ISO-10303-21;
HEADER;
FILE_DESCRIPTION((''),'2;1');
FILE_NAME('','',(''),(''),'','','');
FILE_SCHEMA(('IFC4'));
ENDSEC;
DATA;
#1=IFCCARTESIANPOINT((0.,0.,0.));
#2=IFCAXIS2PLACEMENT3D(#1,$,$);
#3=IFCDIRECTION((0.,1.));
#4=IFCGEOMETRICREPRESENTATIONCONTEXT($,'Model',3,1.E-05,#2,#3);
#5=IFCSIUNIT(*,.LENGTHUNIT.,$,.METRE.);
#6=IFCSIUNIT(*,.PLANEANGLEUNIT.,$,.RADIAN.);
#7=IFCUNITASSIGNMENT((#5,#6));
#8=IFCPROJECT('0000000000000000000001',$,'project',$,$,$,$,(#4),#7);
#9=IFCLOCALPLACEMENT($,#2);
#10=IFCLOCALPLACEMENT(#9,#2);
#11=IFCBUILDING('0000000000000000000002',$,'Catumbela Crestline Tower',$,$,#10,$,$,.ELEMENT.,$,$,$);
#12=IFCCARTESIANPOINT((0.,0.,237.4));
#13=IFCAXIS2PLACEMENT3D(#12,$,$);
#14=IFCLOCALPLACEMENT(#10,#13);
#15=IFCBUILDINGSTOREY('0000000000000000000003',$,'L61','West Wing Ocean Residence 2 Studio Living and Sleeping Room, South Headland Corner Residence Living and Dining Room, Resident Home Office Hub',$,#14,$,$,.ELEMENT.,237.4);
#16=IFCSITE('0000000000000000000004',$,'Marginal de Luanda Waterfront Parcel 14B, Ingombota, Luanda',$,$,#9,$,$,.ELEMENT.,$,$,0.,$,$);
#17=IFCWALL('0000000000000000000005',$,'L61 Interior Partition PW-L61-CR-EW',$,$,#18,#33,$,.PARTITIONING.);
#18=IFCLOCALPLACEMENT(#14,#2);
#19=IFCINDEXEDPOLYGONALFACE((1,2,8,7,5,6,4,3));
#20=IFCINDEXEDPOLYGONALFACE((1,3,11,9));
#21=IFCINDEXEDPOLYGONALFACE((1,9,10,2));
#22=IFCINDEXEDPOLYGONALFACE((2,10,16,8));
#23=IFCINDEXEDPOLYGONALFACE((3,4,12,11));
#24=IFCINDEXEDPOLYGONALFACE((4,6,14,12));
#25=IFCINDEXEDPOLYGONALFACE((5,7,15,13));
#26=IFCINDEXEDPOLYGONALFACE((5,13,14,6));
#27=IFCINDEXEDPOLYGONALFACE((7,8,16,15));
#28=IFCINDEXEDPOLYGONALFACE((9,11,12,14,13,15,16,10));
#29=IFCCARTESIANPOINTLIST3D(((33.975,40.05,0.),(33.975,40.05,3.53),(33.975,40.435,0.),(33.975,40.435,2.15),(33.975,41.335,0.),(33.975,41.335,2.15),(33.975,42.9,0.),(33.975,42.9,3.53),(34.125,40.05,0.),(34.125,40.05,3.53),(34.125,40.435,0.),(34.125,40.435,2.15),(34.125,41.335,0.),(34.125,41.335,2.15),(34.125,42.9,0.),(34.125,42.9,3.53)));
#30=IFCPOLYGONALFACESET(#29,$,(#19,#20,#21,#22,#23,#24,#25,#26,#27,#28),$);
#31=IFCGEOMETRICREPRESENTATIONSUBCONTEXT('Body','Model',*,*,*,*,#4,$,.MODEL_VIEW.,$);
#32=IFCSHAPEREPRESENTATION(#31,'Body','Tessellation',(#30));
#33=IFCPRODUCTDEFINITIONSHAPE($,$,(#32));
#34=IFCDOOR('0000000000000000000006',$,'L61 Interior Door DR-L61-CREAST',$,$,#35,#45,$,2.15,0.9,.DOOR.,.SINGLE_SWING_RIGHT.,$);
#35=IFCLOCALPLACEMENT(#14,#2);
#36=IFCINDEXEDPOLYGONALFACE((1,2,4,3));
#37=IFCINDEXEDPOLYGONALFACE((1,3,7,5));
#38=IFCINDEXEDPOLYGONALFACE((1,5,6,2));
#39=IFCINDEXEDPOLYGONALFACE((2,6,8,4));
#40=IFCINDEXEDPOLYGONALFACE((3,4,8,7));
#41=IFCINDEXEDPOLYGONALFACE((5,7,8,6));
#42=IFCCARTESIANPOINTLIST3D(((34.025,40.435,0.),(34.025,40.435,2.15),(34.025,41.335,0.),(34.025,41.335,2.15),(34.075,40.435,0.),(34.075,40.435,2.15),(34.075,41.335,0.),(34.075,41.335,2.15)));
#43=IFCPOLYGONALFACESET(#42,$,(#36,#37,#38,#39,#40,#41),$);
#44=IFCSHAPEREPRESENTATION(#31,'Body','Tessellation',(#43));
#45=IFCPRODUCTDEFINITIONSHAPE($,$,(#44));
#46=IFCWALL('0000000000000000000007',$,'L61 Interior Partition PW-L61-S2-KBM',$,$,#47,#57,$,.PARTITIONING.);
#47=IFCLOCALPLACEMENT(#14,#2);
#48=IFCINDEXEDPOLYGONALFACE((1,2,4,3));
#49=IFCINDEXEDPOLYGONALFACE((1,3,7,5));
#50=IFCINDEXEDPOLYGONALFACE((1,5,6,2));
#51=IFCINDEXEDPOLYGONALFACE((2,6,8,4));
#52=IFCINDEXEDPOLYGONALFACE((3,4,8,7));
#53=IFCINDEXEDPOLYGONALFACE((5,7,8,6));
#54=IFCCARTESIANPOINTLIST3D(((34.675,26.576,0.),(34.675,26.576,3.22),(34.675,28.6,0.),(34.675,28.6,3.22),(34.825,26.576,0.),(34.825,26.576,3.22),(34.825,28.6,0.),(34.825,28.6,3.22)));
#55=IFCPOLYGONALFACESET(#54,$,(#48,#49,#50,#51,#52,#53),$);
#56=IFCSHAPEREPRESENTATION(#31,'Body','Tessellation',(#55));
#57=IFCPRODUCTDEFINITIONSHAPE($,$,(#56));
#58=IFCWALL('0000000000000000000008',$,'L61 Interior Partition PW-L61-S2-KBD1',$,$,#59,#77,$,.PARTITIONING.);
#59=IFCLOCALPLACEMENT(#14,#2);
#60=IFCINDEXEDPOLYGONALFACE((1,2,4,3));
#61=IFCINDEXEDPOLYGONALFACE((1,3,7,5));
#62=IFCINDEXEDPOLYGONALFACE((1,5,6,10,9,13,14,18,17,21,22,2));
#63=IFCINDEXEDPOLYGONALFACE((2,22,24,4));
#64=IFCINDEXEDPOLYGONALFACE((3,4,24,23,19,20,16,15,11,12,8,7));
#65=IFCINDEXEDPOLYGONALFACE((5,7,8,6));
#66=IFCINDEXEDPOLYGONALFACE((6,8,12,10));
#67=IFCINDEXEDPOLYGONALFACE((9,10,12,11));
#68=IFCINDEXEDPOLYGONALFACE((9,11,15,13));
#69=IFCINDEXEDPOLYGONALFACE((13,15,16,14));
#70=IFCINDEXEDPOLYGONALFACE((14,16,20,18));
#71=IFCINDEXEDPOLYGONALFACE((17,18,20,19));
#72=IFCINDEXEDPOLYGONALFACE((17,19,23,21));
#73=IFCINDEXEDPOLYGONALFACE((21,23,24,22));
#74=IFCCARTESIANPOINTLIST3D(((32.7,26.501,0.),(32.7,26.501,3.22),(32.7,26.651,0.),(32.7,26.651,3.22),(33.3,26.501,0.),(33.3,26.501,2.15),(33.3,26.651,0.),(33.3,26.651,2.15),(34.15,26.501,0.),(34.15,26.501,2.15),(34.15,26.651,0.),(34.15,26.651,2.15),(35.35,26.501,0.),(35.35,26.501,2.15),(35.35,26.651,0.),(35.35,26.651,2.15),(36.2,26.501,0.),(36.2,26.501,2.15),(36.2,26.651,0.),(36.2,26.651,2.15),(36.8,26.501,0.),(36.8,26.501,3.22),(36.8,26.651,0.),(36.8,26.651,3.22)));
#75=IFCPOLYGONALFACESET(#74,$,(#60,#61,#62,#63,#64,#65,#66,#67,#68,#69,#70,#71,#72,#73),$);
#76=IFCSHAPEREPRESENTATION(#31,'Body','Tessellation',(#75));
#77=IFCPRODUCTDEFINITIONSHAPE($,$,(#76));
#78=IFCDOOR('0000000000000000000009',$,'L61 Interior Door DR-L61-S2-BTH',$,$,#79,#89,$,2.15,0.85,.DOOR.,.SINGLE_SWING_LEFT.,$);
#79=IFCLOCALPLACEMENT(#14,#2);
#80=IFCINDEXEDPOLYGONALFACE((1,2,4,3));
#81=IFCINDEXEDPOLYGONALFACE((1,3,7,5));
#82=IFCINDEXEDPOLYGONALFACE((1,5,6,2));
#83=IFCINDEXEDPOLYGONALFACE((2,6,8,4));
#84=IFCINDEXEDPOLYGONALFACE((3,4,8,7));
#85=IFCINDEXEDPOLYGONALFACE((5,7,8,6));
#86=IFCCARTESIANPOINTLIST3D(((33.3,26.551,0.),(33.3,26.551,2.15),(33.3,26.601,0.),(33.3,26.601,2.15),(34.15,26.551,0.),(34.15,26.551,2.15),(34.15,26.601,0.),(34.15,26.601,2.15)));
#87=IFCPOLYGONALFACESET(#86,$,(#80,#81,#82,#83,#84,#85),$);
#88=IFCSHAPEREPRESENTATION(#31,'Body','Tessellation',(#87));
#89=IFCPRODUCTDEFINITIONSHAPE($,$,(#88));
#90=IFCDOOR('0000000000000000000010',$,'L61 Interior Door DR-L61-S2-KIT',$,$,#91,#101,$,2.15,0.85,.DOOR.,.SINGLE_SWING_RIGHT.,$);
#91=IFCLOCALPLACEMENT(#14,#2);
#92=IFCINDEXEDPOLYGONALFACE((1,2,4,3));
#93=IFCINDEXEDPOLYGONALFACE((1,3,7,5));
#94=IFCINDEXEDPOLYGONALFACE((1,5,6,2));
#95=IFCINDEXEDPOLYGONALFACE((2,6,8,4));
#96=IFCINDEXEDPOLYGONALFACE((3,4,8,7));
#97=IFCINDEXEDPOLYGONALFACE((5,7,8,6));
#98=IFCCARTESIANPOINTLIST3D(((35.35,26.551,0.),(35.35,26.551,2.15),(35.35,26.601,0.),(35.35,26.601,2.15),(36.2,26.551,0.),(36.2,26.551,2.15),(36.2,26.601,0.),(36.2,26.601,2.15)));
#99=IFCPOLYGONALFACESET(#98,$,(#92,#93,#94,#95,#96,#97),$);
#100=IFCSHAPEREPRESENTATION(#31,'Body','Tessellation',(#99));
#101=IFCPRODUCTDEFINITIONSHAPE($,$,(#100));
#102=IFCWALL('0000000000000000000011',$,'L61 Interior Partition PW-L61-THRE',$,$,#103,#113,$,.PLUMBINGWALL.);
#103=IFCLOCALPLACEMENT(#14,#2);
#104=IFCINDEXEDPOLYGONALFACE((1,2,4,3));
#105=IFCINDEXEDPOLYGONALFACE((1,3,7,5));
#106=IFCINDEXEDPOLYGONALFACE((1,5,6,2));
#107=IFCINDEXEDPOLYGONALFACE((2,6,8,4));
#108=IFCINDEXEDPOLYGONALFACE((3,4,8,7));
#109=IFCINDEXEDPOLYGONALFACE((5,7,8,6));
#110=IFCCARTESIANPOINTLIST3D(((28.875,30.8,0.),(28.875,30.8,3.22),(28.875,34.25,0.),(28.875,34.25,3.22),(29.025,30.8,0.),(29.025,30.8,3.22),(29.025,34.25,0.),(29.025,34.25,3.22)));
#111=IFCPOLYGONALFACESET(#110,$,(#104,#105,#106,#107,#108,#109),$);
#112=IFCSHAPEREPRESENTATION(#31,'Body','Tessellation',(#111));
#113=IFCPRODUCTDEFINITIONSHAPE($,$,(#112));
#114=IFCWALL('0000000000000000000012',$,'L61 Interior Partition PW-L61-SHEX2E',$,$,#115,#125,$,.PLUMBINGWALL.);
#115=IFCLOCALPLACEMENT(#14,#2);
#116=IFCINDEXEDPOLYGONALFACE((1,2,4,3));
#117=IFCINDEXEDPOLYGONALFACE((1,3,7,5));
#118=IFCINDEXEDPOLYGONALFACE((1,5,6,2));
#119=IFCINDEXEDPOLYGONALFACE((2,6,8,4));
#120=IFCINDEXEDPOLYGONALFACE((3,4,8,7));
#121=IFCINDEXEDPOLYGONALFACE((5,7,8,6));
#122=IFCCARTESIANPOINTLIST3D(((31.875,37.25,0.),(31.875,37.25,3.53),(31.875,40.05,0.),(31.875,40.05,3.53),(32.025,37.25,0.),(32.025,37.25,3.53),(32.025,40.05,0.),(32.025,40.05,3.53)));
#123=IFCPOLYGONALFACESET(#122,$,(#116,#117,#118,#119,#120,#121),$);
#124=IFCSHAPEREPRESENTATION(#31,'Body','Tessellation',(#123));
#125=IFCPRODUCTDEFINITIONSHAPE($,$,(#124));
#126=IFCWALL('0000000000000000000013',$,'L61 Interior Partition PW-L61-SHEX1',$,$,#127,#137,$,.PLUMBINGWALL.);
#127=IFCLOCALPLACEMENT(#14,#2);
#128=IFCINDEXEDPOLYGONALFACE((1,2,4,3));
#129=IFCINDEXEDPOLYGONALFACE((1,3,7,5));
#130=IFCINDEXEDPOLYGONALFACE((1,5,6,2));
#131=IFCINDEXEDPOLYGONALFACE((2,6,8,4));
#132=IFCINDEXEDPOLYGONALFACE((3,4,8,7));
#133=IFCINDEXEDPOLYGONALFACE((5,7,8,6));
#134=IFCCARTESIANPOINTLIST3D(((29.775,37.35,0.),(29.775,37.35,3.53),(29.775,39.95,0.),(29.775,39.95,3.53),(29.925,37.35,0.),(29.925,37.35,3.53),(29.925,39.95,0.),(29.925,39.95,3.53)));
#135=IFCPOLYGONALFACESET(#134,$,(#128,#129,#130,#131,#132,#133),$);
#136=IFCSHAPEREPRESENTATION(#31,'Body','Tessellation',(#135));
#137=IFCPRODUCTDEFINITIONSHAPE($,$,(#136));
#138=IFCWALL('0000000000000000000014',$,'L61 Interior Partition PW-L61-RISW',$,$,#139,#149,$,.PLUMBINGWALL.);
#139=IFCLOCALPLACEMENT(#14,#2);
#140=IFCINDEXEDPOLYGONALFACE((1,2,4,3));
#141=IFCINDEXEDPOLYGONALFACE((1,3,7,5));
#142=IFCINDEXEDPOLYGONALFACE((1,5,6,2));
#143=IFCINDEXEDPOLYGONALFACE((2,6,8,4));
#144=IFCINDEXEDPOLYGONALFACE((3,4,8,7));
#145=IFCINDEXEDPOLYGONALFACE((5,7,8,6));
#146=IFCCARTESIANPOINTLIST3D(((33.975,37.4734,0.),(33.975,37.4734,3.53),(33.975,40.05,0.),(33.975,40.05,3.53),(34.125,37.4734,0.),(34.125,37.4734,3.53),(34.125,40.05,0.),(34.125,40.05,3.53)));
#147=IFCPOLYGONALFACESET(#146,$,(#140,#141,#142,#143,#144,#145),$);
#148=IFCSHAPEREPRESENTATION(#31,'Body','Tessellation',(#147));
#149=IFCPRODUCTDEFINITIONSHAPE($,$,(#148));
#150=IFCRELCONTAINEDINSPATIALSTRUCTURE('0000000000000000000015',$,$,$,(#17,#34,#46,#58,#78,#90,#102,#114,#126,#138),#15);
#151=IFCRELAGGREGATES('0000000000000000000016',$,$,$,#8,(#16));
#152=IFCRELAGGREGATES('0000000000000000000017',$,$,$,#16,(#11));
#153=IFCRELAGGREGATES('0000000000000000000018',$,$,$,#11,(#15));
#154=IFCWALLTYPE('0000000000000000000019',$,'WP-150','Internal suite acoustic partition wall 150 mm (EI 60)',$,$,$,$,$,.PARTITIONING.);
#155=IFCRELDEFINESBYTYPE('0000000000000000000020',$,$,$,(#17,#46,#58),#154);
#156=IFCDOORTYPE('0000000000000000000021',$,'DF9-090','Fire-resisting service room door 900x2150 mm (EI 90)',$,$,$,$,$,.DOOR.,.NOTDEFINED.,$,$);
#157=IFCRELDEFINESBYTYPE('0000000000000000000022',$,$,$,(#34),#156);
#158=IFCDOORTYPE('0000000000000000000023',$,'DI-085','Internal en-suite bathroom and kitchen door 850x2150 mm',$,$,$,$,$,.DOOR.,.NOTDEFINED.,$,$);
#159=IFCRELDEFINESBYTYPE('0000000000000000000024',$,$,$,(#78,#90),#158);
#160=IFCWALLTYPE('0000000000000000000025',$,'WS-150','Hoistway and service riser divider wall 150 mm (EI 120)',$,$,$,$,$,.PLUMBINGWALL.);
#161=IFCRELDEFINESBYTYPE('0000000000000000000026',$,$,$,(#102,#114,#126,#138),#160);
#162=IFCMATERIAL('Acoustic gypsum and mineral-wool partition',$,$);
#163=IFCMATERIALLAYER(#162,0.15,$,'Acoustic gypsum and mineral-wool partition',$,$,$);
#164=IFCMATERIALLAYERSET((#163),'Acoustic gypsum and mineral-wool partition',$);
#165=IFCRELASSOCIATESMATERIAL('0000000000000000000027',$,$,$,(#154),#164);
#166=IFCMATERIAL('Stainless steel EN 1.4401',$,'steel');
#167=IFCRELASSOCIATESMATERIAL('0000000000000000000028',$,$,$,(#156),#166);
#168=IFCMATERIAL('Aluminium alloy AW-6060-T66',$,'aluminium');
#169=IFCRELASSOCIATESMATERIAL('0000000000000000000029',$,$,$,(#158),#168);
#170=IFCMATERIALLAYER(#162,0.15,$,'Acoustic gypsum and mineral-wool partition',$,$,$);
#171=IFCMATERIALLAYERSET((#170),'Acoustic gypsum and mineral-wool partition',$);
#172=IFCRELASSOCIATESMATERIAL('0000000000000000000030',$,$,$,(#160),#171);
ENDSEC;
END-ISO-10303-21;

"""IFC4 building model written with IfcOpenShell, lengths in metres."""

from ifc_helpers import new_model, si_unit, direction, frame, frame_2d, origin, place, context, subcontext, project, spatial, rectangle, extrude, material, layer, layer_set, type_object, element, fill, save


model = new_model("IFC4")

# Units and contexts
model_context = context("Model", 3, precision=1e-05, world=origin(), true_north=direction((0.0, 1.0)))
body_context = subcontext(model_context, "Body", "Model", "MODEL_VIEW")
ifc_project = project(units=[si_unit("LENGTHUNIT", "METRE"), si_unit("PLANEANGLEUNIT", "RADIAN")], contexts=[model_context])

# Site, building, storey
site_placement = place(None, origin())
site = spatial("IfcSite", under=ifc_project, at=site_placement, Name="Marginal de Luanda Waterfront Parcel 14B, Ingombota, Luanda", CompositionType="ELEMENT", RefElevation=0.0)
building_placement = place(site_placement, origin())
building = spatial("IfcBuilding", under=site, at=building_placement, Name="Catumbela Crestline Tower", CompositionType="ELEMENT")
storey_placement = place(building_placement, frame((0.0, 0.0, 237.4)))
storey = spatial("IfcBuildingStorey", under=building, at=storey_placement, Name="L61", Description="West Wing Ocean Residence 2 Studio Living and Sleeping Room, South Headland Corner Residence Living and Dining Room, Resident Home Office Hub", CompositionType="ELEMENT", Elevation=237.4)

# Shared definitions
ifc_material_1 = material(Name="Stainless steel EN 1.4401", Category="steel")

# Shared definitions
ifc_material_2 = material(Name="Acoustic gypsum and mineral-wool partition")
ifc_layer_1 = layer(ifc_material_2, 0.15, Name="Acoustic gypsum and mineral-wool partition")
ifc_layer_set_1 = layer_set([ifc_layer_1], Name="Acoustic gypsum and mineral-wool partition")
wall_type_1 = type_object("IfcWallType", Name="WP-150", Description="Internal suite acoustic partition wall 150 mm (EI 60)", PredefinedType="PARTITIONING", material=ifc_layer_set_1)

# Wall, opening, door
wall_1_placement = place(storey_placement, frame((34.05, 40.05, 0.0), z_axis=(0.0, 0.0, 1.0), x_axis=(0.0, 1.0, 0.0)))
wall_1 = element("IfcWall", 1, at=wall_1_placement, inside=storey, type_object=wall_type_1, Name="L61 Interior Partition PW-L61-CR-EW", PredefinedType="PARTITIONING", context=body_context, shape_type="SweptSolid", body=[
    extrude(rectangle(XDim=2.85, YDim=0.15, at=frame_2d((1.425, 0.0))), origin(), (0.0, 0.0, 1.0), 3.53),
])
opening_1_placement = place(wall_1_placement, frame((0.385, 0.0, 0.0)))
opening_1 = element("IfcOpeningElement", 2, at=opening_1_placement, cuts=wall_1, PredefinedType="OPENING", context=body_context, shape_type="SweptSolid", body=[
    extrude(rectangle(XDim=0.9, YDim=2.15, at=frame_2d((0.45, 1.075))), frame((0.0, 0.085, 0.0), z_axis=(0.0, -1.0, 0.0), x_axis=(1.0, 0.0, 0.0)), (0.0, 0.0, 1.0), 0.17),
])
door_type_1 = type_object("IfcDoorType", Name="DF9-090", Description="Fire-resisting service room door 900x2150 mm (EI 90)", OperationType="NOTDEFINED", PredefinedType="DOOR", material=ifc_material_1)
door_1_placement = place(opening_1_placement, origin())
door_1 = element("IfcDoor", 3, at=door_1_placement, inside=storey, type_object=door_type_1, Name="L61 Interior Door DR-L61-CREAST", OperationType="SINGLE_SWING_RIGHT", OverallHeight=2.15, OverallWidth=0.9, PredefinedType="DOOR", context=body_context, shape_type="SweptSolid", body=[
    extrude(rectangle(XDim=0.9, YDim=2.15, at=frame_2d((0.45, 1.075))), frame((0.0, 0.025, 0.0), z_axis=(0.0, -1.0, 0.0), x_axis=(1.0, 0.0, 0.0)), (0.0, 0.0, 1.0), 0.05),
])
fill(opening_1, door_1)

# Wall
wall_2_placement = place(storey_placement, frame((34.75, 26.576, 0.0), z_axis=(0.0, 0.0, 1.0), x_axis=(0.0, 1.0, 0.0)))
element("IfcWall", 4, at=wall_2_placement, inside=storey, type_object=wall_type_1, Name="L61 Interior Partition PW-L61-S2-KBM", PredefinedType="PARTITIONING", context=body_context, shape_type="SweptSolid", body=[
    extrude(rectangle(XDim=2.024, YDim=0.15, at=frame_2d((1.012, 0.0))), origin(), (0.0, 0.0, 1.0), 3.22),
])

# Wall, openings, doors
wall_3_placement = place(storey_placement, frame((32.7, 26.576, 0.0), z_axis=(0.0, 0.0, 1.0), x_axis=(1.0, 0.0, 0.0)))
wall_3 = element("IfcWall", 5, at=wall_3_placement, inside=storey, type_object=wall_type_1, Name="L61 Interior Partition PW-L61-S2-KBD1", PredefinedType="PARTITIONING", context=body_context, shape_type="SweptSolid", body=[
    extrude(rectangle(XDim=4.1, YDim=0.15, at=frame_2d((2.05, 0.0))), origin(), (0.0, 0.0, 1.0), 3.22),
])
opening_2_placement = place(wall_3_placement, frame((0.6, 0.0, 0.0)))
opening_2 = element("IfcOpeningElement", 6, at=opening_2_placement, cuts=wall_3, PredefinedType="OPENING", context=body_context, shape_type="SweptSolid", body=[
    extrude(rectangle(XDim=0.85, YDim=2.15, at=frame_2d((0.425, 1.075))), frame((0.0, 0.085, 0.0), z_axis=(0.0, -1.0, 0.0), x_axis=(1.0, 0.0, 0.0)), (0.0, 0.0, 1.0), 0.17),
])
opening_3_placement = place(wall_3_placement, frame((2.65, 0.0, 0.0)))
opening_3 = element("IfcOpeningElement", 7, at=opening_3_placement, cuts=wall_3, PredefinedType="OPENING", context=body_context, shape_type="SweptSolid", body=[
    extrude(rectangle(XDim=0.85, YDim=2.15, at=frame_2d((0.425, 1.075))), frame((0.0, 0.085, 0.0), z_axis=(0.0, -1.0, 0.0), x_axis=(1.0, 0.0, 0.0)), (0.0, 0.0, 1.0), 0.17),
])
ifc_material_3 = material(Name="Aluminium alloy AW-6060-T66", Category="aluminium")
door_type_2 = type_object("IfcDoorType", Name="DI-085", Description="Internal en-suite bathroom and kitchen door 850x2150 mm", OperationType="NOTDEFINED", PredefinedType="DOOR", material=ifc_material_3)
door_2_placement = place(opening_2_placement, origin())
door_2 = element("IfcDoor", 8, at=door_2_placement, inside=storey, type_object=door_type_2, Name="L61 Interior Door DR-L61-S2-BTH", OperationType="SINGLE_SWING_LEFT", OverallHeight=2.15, OverallWidth=0.85, PredefinedType="DOOR", context=body_context, shape_type="SweptSolid", body=[
    extrude(rectangle(XDim=0.85, YDim=2.15, at=frame_2d((0.425, 1.075))), frame((0.0, 0.025, 0.0), z_axis=(0.0, -1.0, 0.0), x_axis=(1.0, 0.0, 0.0)), (0.0, 0.0, 1.0), 0.05),
])
fill(opening_2, door_2)
door_3_placement = place(opening_3_placement, origin())
door_3 = element("IfcDoor", 9, at=door_3_placement, inside=storey, type_object=door_type_2, Name="L61 Interior Door DR-L61-S2-KIT", OperationType="SINGLE_SWING_RIGHT", OverallHeight=2.15, OverallWidth=0.85, PredefinedType="DOOR", context=body_context, shape_type="SweptSolid", body=[
    extrude(rectangle(XDim=0.85, YDim=2.15, at=frame_2d((0.425, 1.075))), frame((0.0, 0.025, 0.0), z_axis=(0.0, -1.0, 0.0), x_axis=(1.0, 0.0, 0.0)), (0.0, 0.0, 1.0), 0.05),
])
fill(opening_3, door_3)

# Walls
ifc_layer_2 = layer(ifc_material_2, 0.15, Name="Acoustic gypsum and mineral-wool partition")
ifc_layer_set_2 = layer_set([ifc_layer_2], Name="Acoustic gypsum and mineral-wool partition")
wall_type_2 = type_object("IfcWallType", Name="WS-150", Description="Hoistway and service riser divider wall 150 mm (EI 120)", PredefinedType="PLUMBINGWALL", material=ifc_layer_set_2)
wall_4_placement = place(storey_placement, frame((28.95, 30.8, 0.0), z_axis=(0.0, 0.0, 1.0), x_axis=(0.0, 1.0, 0.0)))
element("IfcWall", 10, at=wall_4_placement, inside=storey, type_object=wall_type_2, Name="L61 Interior Partition PW-L61-THRE", PredefinedType="PLUMBINGWALL", context=body_context, shape_type="SweptSolid", body=[
    extrude(rectangle(XDim=3.45, YDim=0.15, at=frame_2d((1.725, 0.0))), origin(), (0.0, 0.0, 1.0), 3.22),
])
wall_5_placement = place(storey_placement, frame((31.95, 37.25, 0.0), z_axis=(0.0, 0.0, 1.0), x_axis=(0.0, 1.0, 0.0)))
element("IfcWall", 11, at=wall_5_placement, inside=storey, type_object=wall_type_2, Name="L61 Interior Partition PW-L61-SHEX2E", PredefinedType="PLUMBINGWALL", context=body_context, shape_type="SweptSolid", body=[
    extrude(rectangle(XDim=2.8, YDim=0.15, at=frame_2d((1.4, 0.0))), origin(), (0.0, 0.0, 1.0), 3.53),
])
wall_6_placement = place(storey_placement, frame((29.85, 37.35, 0.0), z_axis=(0.0, 0.0, 1.0), x_axis=(0.0, 1.0, 0.0)))
element("IfcWall", 12, at=wall_6_placement, inside=storey, type_object=wall_type_2, Name="L61 Interior Partition PW-L61-SHEX1", PredefinedType="PLUMBINGWALL", context=body_context, shape_type="SweptSolid", body=[
    extrude(rectangle(XDim=2.6, YDim=0.15, at=frame_2d((1.3, 0.0))), origin(), (0.0, 0.0, 1.0), 3.53),
])
wall_7_placement = place(storey_placement, frame((34.05, 37.4734, 0.0), z_axis=(0.0, 0.0, 1.0), x_axis=(0.0, 1.0, 0.0)))
element("IfcWall", 13, at=wall_7_placement, inside=storey, type_object=wall_type_2, Name="L61 Interior Partition PW-L61-RISW", PredefinedType="PLUMBINGWALL", context=body_context, shape_type="SweptSolid", body=[
    extrude(rectangle(XDim=2.5766, YDim=0.15, at=frame_2d((1.2883, 0.0))), origin(), (0.0, 0.0, 1.0), 3.53),
])

save(model, "model.ifc")
